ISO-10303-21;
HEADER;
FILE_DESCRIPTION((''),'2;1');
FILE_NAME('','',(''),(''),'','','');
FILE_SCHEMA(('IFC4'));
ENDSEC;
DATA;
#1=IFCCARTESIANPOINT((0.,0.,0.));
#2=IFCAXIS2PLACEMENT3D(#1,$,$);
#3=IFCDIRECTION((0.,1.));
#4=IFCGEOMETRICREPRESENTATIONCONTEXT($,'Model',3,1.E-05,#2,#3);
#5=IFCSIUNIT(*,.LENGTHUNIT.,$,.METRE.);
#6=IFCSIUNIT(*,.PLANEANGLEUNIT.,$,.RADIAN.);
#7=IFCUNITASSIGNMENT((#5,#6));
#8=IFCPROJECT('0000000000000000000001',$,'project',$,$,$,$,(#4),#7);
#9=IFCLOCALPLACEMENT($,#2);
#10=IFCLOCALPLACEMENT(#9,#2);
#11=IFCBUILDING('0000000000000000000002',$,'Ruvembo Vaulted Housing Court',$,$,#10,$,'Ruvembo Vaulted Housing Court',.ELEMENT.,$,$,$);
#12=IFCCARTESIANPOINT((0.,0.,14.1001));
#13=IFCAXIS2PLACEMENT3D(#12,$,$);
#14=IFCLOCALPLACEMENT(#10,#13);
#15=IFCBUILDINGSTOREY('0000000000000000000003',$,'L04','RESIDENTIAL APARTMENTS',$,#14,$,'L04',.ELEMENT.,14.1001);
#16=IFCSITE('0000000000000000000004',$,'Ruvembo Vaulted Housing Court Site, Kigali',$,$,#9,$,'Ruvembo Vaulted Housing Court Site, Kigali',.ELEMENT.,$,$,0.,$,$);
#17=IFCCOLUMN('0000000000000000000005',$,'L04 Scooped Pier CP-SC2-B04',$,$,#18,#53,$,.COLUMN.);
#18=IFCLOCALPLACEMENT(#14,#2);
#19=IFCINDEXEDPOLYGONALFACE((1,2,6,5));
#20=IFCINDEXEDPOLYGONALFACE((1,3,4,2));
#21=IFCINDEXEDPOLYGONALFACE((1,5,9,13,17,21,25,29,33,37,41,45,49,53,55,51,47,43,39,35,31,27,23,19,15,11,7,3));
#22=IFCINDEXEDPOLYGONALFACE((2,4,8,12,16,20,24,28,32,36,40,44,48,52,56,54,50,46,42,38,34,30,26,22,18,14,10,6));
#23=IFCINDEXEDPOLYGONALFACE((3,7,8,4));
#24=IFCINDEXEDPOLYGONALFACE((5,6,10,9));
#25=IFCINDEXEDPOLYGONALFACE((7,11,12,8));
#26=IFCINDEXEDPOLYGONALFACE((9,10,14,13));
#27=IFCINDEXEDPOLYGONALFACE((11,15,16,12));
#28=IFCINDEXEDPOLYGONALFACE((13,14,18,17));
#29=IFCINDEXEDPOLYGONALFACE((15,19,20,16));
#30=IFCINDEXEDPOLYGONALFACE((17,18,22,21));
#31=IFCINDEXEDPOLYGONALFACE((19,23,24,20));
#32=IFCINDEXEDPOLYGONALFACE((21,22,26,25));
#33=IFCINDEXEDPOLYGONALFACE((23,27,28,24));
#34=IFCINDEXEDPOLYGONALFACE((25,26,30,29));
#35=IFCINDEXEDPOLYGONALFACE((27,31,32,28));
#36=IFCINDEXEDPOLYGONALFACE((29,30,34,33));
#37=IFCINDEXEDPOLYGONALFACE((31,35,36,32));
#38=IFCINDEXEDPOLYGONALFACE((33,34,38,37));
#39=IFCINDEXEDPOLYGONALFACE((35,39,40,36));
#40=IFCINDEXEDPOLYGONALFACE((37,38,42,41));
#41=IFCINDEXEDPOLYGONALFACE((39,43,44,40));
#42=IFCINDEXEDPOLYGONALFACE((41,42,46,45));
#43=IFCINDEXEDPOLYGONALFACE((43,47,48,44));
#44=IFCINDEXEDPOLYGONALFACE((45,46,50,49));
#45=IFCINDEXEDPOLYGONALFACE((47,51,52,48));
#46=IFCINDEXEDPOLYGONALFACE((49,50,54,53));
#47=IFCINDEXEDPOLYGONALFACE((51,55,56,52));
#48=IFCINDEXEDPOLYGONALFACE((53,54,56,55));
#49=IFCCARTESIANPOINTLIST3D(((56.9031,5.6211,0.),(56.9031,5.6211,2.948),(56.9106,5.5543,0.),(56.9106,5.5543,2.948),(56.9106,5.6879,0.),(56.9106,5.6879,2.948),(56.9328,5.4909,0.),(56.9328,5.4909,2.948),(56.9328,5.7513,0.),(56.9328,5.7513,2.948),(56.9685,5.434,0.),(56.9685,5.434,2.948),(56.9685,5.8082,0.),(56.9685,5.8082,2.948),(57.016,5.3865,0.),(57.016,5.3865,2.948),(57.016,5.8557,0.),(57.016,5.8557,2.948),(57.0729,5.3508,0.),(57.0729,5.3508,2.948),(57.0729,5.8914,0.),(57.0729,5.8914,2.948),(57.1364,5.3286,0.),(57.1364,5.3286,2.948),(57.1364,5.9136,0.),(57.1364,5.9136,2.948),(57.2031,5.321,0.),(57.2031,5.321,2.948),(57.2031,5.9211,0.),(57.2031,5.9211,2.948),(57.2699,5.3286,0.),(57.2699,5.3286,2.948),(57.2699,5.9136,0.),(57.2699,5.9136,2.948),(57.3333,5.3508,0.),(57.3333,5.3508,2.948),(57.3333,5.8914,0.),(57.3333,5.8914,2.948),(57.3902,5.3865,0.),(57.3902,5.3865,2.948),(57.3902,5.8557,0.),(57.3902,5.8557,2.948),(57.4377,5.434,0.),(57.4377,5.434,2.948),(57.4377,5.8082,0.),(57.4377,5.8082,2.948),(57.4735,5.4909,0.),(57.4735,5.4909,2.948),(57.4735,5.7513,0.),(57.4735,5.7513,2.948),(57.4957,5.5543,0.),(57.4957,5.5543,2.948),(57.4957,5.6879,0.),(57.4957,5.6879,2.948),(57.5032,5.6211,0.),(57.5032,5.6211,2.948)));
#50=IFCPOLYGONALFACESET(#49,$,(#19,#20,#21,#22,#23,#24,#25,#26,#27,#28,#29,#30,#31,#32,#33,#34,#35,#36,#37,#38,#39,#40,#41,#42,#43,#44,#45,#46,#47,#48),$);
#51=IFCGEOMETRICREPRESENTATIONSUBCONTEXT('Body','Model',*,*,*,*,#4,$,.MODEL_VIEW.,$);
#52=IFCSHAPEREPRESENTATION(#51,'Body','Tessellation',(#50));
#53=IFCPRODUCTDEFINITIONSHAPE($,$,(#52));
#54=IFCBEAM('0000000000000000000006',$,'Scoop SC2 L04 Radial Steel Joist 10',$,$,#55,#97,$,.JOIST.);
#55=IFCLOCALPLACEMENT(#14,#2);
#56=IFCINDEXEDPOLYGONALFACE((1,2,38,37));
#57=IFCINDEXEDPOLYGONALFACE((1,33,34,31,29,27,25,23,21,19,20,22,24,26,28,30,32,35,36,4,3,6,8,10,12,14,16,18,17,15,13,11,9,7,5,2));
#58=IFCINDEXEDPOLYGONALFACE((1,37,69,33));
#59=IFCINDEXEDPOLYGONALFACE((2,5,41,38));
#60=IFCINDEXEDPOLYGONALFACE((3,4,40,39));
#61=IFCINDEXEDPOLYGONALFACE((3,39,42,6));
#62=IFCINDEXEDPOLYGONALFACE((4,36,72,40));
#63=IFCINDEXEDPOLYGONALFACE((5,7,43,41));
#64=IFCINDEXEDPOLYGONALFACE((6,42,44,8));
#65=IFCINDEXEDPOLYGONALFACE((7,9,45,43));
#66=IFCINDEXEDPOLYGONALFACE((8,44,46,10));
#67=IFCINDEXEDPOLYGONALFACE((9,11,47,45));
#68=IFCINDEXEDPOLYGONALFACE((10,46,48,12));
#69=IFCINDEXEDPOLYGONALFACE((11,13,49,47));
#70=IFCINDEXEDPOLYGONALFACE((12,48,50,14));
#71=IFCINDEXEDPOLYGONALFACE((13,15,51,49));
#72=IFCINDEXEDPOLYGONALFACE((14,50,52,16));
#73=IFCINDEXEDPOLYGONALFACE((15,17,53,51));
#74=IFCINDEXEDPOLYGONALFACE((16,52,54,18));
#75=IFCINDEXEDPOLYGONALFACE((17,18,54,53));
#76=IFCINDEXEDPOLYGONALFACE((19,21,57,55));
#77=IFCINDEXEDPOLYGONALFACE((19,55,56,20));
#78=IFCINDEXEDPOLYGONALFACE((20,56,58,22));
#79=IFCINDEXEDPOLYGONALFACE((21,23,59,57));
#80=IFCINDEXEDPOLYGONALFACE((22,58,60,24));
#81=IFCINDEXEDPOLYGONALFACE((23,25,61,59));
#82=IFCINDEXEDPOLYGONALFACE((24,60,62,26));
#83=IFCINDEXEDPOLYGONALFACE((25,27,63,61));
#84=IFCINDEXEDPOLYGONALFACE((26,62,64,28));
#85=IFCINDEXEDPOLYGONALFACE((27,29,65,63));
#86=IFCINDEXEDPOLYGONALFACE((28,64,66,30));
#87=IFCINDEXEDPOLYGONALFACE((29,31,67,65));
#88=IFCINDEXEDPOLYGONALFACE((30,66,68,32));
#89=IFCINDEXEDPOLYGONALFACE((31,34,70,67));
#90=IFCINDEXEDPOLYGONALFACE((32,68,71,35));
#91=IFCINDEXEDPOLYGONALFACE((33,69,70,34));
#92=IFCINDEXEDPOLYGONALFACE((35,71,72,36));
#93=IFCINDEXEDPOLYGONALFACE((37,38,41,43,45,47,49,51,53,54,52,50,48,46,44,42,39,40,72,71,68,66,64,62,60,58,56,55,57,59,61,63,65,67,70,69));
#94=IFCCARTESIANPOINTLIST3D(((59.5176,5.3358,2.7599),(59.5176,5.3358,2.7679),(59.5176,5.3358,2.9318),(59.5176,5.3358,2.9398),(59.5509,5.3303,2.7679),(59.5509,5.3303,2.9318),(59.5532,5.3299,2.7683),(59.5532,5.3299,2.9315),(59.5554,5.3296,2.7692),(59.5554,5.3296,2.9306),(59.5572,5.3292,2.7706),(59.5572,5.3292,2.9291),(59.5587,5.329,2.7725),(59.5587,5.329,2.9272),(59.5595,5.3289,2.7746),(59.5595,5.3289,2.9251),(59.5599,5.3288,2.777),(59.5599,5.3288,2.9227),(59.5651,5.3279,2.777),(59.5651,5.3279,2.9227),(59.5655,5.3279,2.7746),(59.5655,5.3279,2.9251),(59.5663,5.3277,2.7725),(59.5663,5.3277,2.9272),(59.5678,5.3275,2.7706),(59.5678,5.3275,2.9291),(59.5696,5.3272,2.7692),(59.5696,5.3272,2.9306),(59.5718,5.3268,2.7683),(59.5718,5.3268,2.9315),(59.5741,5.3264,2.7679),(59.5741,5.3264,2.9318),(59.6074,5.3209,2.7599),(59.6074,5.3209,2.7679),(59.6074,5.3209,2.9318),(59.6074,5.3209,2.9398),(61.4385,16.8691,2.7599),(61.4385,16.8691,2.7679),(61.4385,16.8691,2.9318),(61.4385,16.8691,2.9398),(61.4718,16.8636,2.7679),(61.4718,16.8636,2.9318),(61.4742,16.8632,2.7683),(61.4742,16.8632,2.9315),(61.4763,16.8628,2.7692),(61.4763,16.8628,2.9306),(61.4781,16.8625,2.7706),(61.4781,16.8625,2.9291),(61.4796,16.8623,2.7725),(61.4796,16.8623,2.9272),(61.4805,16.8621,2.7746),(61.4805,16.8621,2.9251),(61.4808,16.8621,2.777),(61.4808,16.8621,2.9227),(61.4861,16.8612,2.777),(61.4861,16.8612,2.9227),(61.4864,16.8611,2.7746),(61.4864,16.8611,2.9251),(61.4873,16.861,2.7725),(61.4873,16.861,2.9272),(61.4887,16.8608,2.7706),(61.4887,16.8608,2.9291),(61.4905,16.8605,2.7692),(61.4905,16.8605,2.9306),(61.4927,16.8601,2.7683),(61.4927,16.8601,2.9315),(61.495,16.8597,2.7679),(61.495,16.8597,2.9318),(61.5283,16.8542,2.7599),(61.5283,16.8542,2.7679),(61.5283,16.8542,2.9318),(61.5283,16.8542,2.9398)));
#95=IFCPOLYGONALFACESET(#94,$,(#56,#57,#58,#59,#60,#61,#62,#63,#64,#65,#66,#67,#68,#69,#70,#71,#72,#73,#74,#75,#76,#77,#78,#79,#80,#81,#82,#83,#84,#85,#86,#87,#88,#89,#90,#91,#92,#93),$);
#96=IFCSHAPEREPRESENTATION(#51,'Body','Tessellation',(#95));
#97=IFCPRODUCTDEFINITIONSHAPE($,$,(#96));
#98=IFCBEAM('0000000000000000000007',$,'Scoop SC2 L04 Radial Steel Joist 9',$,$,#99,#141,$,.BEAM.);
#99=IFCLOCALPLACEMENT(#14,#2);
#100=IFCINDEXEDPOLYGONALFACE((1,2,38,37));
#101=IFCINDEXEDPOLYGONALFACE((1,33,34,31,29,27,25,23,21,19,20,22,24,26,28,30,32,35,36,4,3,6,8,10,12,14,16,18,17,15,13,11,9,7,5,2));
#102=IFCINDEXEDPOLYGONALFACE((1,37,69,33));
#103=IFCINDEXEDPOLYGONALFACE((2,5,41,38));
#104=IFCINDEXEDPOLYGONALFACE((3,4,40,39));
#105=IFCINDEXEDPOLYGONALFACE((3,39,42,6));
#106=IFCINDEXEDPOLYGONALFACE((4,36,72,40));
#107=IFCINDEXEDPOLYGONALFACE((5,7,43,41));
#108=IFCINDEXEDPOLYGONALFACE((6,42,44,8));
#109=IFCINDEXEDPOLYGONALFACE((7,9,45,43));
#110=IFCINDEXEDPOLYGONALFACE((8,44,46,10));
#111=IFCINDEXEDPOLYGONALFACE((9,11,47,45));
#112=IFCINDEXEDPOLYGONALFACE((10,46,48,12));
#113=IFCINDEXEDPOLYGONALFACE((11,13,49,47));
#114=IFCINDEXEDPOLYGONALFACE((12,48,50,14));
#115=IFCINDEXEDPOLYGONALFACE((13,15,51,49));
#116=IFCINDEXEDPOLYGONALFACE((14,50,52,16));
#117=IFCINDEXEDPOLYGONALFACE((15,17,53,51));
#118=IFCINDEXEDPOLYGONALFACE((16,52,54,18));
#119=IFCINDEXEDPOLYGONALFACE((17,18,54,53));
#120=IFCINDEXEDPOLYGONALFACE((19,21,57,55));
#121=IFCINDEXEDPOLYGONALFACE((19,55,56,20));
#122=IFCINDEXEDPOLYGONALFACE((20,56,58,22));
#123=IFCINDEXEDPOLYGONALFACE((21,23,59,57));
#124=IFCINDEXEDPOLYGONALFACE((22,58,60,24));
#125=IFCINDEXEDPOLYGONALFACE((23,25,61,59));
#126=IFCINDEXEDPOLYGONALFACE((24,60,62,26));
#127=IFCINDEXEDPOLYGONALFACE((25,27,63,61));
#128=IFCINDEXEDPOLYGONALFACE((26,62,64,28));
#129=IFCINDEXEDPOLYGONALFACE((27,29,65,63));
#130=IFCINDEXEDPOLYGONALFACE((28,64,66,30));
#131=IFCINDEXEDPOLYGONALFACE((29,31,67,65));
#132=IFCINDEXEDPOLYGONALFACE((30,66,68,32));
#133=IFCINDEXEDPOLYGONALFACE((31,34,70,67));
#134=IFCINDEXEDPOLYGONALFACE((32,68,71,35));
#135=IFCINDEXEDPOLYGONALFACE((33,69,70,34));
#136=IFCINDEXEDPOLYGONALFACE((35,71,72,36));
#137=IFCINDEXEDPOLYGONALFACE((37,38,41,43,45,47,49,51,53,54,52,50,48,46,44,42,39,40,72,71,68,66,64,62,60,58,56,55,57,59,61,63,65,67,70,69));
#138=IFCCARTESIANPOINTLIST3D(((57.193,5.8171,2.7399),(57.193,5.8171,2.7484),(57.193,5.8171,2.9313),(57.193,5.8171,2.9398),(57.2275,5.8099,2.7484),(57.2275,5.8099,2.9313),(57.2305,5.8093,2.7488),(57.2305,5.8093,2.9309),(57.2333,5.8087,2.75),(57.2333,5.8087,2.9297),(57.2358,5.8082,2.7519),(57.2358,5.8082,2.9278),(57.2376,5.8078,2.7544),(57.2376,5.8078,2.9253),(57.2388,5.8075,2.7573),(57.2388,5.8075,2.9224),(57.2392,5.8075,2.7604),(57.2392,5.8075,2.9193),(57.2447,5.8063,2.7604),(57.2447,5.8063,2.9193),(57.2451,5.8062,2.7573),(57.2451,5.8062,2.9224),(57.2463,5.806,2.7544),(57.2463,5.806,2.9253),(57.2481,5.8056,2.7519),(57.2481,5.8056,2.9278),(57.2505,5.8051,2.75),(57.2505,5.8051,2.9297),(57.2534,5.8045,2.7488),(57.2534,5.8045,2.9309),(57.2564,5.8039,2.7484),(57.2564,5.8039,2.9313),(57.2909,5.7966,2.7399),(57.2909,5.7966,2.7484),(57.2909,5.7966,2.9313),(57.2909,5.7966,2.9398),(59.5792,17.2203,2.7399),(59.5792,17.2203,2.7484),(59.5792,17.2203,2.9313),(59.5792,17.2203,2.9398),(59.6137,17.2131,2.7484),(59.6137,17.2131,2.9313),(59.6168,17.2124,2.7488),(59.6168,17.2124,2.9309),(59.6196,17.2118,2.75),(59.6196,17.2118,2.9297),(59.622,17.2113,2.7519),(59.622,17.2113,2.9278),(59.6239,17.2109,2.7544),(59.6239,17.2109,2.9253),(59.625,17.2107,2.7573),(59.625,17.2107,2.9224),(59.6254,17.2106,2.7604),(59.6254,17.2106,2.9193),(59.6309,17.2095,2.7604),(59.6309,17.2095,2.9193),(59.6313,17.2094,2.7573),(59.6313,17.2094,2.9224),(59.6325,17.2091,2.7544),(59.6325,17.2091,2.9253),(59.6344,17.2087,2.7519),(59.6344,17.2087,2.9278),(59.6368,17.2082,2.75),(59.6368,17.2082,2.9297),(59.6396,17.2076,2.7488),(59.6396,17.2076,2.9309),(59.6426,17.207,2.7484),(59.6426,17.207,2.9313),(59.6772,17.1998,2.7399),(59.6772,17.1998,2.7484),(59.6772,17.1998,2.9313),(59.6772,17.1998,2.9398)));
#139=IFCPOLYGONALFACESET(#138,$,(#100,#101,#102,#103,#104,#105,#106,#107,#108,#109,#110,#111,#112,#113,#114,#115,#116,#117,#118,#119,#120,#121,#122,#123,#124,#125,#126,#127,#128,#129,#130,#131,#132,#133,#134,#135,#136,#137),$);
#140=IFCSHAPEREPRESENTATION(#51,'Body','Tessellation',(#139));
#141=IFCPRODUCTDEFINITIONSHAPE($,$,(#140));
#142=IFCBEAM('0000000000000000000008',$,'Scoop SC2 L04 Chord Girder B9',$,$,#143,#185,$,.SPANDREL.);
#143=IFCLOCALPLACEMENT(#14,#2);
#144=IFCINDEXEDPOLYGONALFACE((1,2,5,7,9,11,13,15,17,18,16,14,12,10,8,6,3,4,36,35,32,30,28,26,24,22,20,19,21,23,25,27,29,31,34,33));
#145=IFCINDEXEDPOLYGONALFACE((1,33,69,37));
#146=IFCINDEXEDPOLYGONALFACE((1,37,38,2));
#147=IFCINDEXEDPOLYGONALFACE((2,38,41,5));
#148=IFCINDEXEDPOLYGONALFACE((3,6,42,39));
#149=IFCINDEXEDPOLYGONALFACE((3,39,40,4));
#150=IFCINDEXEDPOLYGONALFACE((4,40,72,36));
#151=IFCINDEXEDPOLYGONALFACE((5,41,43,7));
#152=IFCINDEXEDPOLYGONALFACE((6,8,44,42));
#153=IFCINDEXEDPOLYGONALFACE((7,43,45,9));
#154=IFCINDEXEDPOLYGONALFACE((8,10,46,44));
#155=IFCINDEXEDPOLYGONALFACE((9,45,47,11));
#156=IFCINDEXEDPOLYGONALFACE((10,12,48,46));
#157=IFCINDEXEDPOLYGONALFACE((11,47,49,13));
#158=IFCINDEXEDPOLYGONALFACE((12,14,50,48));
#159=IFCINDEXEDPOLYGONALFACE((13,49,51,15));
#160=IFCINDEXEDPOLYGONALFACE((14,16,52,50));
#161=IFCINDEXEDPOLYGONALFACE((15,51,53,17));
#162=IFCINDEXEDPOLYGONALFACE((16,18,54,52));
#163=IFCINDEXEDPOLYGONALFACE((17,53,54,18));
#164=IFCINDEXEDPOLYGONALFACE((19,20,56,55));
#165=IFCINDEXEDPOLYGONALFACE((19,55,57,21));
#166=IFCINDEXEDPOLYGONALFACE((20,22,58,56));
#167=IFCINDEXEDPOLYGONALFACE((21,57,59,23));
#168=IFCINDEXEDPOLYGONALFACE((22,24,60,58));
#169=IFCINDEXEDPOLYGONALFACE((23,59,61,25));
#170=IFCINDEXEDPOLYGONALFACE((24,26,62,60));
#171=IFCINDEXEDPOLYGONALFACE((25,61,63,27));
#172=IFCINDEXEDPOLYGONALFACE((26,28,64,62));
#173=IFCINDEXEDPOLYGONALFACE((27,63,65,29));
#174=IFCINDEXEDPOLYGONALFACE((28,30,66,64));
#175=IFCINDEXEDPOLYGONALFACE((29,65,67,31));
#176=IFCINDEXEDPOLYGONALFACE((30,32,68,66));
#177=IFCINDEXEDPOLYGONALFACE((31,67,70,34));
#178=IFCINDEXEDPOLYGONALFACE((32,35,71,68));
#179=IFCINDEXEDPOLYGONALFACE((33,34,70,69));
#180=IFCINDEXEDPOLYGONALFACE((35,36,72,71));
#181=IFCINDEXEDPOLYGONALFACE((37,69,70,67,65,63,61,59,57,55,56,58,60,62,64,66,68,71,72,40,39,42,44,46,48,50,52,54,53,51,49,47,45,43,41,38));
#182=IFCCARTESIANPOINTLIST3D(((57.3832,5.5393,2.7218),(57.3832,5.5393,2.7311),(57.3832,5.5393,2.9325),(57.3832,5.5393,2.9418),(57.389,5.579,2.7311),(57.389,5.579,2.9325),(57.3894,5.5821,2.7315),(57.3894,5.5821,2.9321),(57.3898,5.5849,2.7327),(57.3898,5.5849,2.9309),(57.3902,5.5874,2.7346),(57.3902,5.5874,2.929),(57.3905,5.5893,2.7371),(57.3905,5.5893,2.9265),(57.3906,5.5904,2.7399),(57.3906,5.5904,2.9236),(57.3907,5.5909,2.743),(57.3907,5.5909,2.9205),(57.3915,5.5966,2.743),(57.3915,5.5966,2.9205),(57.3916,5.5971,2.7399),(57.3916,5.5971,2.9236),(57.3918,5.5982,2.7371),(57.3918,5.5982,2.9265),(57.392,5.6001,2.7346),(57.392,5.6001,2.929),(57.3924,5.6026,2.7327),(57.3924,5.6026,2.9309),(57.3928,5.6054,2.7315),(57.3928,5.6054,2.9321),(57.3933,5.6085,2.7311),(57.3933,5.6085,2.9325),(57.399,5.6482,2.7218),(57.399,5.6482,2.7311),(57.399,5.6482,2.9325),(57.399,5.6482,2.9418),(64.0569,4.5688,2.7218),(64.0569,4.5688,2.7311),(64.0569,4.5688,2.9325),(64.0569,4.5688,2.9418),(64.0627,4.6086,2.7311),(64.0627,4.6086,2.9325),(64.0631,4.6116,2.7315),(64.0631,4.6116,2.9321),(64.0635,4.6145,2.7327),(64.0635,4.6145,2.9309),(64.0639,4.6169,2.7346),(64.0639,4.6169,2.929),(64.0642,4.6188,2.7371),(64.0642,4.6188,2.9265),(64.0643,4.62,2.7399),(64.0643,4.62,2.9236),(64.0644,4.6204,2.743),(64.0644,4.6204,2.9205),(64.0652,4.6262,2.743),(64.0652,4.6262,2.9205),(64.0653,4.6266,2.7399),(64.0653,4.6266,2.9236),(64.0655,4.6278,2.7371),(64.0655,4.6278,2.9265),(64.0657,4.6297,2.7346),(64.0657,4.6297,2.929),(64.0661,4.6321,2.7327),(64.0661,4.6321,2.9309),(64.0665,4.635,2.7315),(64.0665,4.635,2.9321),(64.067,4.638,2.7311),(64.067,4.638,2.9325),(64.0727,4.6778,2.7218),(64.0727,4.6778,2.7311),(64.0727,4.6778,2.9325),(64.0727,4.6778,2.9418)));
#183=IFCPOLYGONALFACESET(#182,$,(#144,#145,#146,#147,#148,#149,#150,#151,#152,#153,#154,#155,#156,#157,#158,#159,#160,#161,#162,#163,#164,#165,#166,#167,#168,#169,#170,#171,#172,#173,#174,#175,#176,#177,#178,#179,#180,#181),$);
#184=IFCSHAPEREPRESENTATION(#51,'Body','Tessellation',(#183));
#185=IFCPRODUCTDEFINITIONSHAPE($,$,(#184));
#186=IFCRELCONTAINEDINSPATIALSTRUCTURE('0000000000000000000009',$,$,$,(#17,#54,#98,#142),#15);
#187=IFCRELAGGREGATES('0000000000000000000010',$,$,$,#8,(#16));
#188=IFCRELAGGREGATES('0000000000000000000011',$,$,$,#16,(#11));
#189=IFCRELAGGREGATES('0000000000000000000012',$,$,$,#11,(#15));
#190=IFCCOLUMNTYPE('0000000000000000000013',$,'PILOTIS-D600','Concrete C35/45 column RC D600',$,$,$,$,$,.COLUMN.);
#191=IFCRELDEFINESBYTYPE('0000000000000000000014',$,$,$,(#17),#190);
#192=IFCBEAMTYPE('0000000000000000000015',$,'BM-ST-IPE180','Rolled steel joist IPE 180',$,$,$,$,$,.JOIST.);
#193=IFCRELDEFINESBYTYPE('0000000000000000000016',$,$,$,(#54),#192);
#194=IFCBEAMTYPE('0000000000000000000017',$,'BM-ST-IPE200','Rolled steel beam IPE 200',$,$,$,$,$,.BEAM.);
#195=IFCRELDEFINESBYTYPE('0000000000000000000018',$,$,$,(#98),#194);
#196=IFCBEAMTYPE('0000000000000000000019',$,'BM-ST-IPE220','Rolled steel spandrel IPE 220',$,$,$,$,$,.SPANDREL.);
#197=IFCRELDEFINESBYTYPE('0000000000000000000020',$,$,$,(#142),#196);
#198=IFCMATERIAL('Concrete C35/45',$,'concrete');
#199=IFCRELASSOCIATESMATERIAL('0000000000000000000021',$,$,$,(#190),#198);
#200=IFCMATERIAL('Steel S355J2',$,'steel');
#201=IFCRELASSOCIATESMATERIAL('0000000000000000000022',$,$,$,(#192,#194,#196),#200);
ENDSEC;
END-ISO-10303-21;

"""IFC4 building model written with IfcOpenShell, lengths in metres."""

from ifc_helpers import new_model, si_unit, direction, frame, origin, origin_2d, place, context, subcontext, project, spatial, circle, i_section, extrude, material, material_profile, profile_set, type_object, element, save


model = new_model("IFC4")

# Units and contexts
model_context = context("Model", 3, precision=1e-05, world=origin(), true_north=direction((0.0, 1.0)))
body_context = subcontext(model_context, "Body", "Model", "MODEL_VIEW")
ifc_project = project(units=[si_unit("LENGTHUNIT", "METRE"), si_unit("PLANEANGLEUNIT", "RADIAN")], contexts=[model_context])

# Site, building, storey
site_placement = place(None, origin())
site = spatial("IfcSite", under=ifc_project, at=site_placement, Name="Ruvembo Vaulted Housing Court Site, Kigali", LongName="Ruvembo Vaulted Housing Court Site, Kigali", CompositionType="ELEMENT", RefElevation=0.0)
building_placement = place(site_placement, origin())
building = spatial("IfcBuilding", under=site, at=building_placement, Name="Ruvembo Vaulted Housing Court", LongName="Ruvembo Vaulted Housing Court", CompositionType="ELEMENT")
storey_placement = place(building_placement, frame((0.0, 0.0, 14.1001)))
storey = spatial("IfcBuildingStorey", under=building, at=storey_placement, Name="L04", Description="RESIDENTIAL APARTMENTS", LongName="L04", CompositionType="ELEMENT", Elevation=14.1001)

# Column
ifc_material_1 = material(Name="Concrete C35/45", Category="concrete")
ifc_material_profile_1 = material_profile(ifc_material_1, circle(Radius=0.3, at=origin_2d()), Name="RC D600")
ifc_profile_set_1 = profile_set([ifc_material_profile_1], Name="Concrete C35/45")
column_type = type_object("IfcColumnType", Name="PILOTIS-D600", Description="Concrete C35/45 column RC D600", PredefinedType="COLUMN", material=ifc_profile_set_1)
column_placement = place(storey_placement, frame((57.2031, 5.6211, 0.0), z_axis=(0.0, 0.0, 1.0), x_axis=(1.0, 0.0, 0.0)))
element("IfcColumn", 1, at=column_placement, inside=storey, type_object=column_type, Name="L04 Scooped Pier CP-SC2-B04", PredefinedType="COLUMN", context=body_context, shape_type="SweptSolid", body=[
    extrude(circle(Radius=0.3, at=origin_2d()), origin(), (0.0, 0.0, 1.0), 2.948),
])

# Beams
ifc_material_2 = material(Name="Steel S355J2", Category="steel")
ifc_material_profile_2 = material_profile(ifc_material_2, i_section(OverallWidth=0.0911, OverallDepth=0.1799, WebThickness=0.0054, FlangeThickness=0.0081, FilletRadius=0.009, at=origin_2d()), Name="IPE 180")
ifc_profile_set_2 = profile_set([ifc_material_profile_2], Name="Steel S355J2")
beam_type_1 = type_object("IfcBeamType", Name="BM-ST-IPE180", Description="Rolled steel joist IPE 180", PredefinedType="JOIST", material=ifc_profile_set_2)
beam_1_placement = place(storey_placement, frame((59.5625, 5.3284, 2.8499), z_axis=(0.164291, 0.986412, 0.0), x_axis=(-0.986412, 0.164291, 0.0)))
element("IfcBeam", 2, at=beam_1_placement, inside=storey, type_object=beam_type_1, Name="Scoop SC2 L04 Radial Steel Joist 10", PredefinedType="JOIST", context=body_context, shape_type="SweptSolid", body=[
    extrude(i_section(OverallWidth=0.0911, OverallDepth=0.1799, WebThickness=0.0054, FlangeThickness=0.0081, FilletRadius=0.009, at=origin_2d()), origin(), (0.0, 0.0, 1.0), 11.6921),
])
ifc_material_profile_3 = material_profile(ifc_material_2, i_section(OverallWidth=0.1001, OverallDepth=0.2, WebThickness=0.0056, FlangeThickness=0.0085, FilletRadius=0.012, at=origin_2d()), Name="IPE 200")
ifc_profile_set_3 = profile_set([ifc_material_profile_3], Name="Steel S355J2")
beam_type_2 = type_object("IfcBeamType", Name="BM-ST-IPE200", Description="Rolled steel beam IPE 200", PredefinedType="BEAM", material=ifc_profile_set_3)
beam_2_placement = place(storey_placement, frame((57.2419, 5.8069, 2.8398), z_axis=(0.204825, 0.978799, 0.0), x_axis=(-0.978799, 0.204825, 0.0)))
element("IfcBeam", 3, at=beam_2_placement, inside=storey, type_object=beam_type_2, Name="Scoop SC2 L04 Radial Steel Joist 9", PredefinedType="BEAM", context=body_context, shape_type="SweptSolid", body=[
    extrude(i_section(OverallWidth=0.1001, OverallDepth=0.2, WebThickness=0.0056, FlangeThickness=0.0085, FilletRadius=0.012, at=origin_2d()), origin(), (0.0, 0.0, 1.0), 11.6501),
])
ifc_material_profile_4 = material_profile(ifc_material_2, i_section(OverallWidth=0.1101, OverallDepth=0.22, WebThickness=0.0059, FlangeThickness=0.0093, FilletRadius=0.012, at=origin_2d()), Name="IPE 220")
ifc_profile_set_4 = profile_set([ifc_material_profile_4], Name="Steel S355J2")
beam_type_3 = type_object("IfcBeamType", Name="BM-ST-IPE220", Description="Rolled steel spandrel IPE 220", PredefinedType="SPANDREL", material=ifc_profile_set_4)
beam_3_placement = place(storey_placement, frame((57.3911, 5.5938, 2.8318), z_axis=(0.989592, -0.143899, 0.0), x_axis=(0.143899, 0.989592, 0.0)))
element("IfcBeam", 4, at=beam_3_placement, inside=storey, type_object=beam_type_3, Name="Scoop SC2 L04 Chord Girder B9", PredefinedType="SPANDREL", context=body_context, shape_type="SweptSolid", body=[
    extrude(i_section(OverallWidth=0.1101, OverallDepth=0.22, WebThickness=0.0059, FlangeThickness=0.0093, FilletRadius=0.012, at=origin_2d()), origin(), (0.0, 0.0, 1.0), 6.7439),
])

save(model, "model.ifc")
